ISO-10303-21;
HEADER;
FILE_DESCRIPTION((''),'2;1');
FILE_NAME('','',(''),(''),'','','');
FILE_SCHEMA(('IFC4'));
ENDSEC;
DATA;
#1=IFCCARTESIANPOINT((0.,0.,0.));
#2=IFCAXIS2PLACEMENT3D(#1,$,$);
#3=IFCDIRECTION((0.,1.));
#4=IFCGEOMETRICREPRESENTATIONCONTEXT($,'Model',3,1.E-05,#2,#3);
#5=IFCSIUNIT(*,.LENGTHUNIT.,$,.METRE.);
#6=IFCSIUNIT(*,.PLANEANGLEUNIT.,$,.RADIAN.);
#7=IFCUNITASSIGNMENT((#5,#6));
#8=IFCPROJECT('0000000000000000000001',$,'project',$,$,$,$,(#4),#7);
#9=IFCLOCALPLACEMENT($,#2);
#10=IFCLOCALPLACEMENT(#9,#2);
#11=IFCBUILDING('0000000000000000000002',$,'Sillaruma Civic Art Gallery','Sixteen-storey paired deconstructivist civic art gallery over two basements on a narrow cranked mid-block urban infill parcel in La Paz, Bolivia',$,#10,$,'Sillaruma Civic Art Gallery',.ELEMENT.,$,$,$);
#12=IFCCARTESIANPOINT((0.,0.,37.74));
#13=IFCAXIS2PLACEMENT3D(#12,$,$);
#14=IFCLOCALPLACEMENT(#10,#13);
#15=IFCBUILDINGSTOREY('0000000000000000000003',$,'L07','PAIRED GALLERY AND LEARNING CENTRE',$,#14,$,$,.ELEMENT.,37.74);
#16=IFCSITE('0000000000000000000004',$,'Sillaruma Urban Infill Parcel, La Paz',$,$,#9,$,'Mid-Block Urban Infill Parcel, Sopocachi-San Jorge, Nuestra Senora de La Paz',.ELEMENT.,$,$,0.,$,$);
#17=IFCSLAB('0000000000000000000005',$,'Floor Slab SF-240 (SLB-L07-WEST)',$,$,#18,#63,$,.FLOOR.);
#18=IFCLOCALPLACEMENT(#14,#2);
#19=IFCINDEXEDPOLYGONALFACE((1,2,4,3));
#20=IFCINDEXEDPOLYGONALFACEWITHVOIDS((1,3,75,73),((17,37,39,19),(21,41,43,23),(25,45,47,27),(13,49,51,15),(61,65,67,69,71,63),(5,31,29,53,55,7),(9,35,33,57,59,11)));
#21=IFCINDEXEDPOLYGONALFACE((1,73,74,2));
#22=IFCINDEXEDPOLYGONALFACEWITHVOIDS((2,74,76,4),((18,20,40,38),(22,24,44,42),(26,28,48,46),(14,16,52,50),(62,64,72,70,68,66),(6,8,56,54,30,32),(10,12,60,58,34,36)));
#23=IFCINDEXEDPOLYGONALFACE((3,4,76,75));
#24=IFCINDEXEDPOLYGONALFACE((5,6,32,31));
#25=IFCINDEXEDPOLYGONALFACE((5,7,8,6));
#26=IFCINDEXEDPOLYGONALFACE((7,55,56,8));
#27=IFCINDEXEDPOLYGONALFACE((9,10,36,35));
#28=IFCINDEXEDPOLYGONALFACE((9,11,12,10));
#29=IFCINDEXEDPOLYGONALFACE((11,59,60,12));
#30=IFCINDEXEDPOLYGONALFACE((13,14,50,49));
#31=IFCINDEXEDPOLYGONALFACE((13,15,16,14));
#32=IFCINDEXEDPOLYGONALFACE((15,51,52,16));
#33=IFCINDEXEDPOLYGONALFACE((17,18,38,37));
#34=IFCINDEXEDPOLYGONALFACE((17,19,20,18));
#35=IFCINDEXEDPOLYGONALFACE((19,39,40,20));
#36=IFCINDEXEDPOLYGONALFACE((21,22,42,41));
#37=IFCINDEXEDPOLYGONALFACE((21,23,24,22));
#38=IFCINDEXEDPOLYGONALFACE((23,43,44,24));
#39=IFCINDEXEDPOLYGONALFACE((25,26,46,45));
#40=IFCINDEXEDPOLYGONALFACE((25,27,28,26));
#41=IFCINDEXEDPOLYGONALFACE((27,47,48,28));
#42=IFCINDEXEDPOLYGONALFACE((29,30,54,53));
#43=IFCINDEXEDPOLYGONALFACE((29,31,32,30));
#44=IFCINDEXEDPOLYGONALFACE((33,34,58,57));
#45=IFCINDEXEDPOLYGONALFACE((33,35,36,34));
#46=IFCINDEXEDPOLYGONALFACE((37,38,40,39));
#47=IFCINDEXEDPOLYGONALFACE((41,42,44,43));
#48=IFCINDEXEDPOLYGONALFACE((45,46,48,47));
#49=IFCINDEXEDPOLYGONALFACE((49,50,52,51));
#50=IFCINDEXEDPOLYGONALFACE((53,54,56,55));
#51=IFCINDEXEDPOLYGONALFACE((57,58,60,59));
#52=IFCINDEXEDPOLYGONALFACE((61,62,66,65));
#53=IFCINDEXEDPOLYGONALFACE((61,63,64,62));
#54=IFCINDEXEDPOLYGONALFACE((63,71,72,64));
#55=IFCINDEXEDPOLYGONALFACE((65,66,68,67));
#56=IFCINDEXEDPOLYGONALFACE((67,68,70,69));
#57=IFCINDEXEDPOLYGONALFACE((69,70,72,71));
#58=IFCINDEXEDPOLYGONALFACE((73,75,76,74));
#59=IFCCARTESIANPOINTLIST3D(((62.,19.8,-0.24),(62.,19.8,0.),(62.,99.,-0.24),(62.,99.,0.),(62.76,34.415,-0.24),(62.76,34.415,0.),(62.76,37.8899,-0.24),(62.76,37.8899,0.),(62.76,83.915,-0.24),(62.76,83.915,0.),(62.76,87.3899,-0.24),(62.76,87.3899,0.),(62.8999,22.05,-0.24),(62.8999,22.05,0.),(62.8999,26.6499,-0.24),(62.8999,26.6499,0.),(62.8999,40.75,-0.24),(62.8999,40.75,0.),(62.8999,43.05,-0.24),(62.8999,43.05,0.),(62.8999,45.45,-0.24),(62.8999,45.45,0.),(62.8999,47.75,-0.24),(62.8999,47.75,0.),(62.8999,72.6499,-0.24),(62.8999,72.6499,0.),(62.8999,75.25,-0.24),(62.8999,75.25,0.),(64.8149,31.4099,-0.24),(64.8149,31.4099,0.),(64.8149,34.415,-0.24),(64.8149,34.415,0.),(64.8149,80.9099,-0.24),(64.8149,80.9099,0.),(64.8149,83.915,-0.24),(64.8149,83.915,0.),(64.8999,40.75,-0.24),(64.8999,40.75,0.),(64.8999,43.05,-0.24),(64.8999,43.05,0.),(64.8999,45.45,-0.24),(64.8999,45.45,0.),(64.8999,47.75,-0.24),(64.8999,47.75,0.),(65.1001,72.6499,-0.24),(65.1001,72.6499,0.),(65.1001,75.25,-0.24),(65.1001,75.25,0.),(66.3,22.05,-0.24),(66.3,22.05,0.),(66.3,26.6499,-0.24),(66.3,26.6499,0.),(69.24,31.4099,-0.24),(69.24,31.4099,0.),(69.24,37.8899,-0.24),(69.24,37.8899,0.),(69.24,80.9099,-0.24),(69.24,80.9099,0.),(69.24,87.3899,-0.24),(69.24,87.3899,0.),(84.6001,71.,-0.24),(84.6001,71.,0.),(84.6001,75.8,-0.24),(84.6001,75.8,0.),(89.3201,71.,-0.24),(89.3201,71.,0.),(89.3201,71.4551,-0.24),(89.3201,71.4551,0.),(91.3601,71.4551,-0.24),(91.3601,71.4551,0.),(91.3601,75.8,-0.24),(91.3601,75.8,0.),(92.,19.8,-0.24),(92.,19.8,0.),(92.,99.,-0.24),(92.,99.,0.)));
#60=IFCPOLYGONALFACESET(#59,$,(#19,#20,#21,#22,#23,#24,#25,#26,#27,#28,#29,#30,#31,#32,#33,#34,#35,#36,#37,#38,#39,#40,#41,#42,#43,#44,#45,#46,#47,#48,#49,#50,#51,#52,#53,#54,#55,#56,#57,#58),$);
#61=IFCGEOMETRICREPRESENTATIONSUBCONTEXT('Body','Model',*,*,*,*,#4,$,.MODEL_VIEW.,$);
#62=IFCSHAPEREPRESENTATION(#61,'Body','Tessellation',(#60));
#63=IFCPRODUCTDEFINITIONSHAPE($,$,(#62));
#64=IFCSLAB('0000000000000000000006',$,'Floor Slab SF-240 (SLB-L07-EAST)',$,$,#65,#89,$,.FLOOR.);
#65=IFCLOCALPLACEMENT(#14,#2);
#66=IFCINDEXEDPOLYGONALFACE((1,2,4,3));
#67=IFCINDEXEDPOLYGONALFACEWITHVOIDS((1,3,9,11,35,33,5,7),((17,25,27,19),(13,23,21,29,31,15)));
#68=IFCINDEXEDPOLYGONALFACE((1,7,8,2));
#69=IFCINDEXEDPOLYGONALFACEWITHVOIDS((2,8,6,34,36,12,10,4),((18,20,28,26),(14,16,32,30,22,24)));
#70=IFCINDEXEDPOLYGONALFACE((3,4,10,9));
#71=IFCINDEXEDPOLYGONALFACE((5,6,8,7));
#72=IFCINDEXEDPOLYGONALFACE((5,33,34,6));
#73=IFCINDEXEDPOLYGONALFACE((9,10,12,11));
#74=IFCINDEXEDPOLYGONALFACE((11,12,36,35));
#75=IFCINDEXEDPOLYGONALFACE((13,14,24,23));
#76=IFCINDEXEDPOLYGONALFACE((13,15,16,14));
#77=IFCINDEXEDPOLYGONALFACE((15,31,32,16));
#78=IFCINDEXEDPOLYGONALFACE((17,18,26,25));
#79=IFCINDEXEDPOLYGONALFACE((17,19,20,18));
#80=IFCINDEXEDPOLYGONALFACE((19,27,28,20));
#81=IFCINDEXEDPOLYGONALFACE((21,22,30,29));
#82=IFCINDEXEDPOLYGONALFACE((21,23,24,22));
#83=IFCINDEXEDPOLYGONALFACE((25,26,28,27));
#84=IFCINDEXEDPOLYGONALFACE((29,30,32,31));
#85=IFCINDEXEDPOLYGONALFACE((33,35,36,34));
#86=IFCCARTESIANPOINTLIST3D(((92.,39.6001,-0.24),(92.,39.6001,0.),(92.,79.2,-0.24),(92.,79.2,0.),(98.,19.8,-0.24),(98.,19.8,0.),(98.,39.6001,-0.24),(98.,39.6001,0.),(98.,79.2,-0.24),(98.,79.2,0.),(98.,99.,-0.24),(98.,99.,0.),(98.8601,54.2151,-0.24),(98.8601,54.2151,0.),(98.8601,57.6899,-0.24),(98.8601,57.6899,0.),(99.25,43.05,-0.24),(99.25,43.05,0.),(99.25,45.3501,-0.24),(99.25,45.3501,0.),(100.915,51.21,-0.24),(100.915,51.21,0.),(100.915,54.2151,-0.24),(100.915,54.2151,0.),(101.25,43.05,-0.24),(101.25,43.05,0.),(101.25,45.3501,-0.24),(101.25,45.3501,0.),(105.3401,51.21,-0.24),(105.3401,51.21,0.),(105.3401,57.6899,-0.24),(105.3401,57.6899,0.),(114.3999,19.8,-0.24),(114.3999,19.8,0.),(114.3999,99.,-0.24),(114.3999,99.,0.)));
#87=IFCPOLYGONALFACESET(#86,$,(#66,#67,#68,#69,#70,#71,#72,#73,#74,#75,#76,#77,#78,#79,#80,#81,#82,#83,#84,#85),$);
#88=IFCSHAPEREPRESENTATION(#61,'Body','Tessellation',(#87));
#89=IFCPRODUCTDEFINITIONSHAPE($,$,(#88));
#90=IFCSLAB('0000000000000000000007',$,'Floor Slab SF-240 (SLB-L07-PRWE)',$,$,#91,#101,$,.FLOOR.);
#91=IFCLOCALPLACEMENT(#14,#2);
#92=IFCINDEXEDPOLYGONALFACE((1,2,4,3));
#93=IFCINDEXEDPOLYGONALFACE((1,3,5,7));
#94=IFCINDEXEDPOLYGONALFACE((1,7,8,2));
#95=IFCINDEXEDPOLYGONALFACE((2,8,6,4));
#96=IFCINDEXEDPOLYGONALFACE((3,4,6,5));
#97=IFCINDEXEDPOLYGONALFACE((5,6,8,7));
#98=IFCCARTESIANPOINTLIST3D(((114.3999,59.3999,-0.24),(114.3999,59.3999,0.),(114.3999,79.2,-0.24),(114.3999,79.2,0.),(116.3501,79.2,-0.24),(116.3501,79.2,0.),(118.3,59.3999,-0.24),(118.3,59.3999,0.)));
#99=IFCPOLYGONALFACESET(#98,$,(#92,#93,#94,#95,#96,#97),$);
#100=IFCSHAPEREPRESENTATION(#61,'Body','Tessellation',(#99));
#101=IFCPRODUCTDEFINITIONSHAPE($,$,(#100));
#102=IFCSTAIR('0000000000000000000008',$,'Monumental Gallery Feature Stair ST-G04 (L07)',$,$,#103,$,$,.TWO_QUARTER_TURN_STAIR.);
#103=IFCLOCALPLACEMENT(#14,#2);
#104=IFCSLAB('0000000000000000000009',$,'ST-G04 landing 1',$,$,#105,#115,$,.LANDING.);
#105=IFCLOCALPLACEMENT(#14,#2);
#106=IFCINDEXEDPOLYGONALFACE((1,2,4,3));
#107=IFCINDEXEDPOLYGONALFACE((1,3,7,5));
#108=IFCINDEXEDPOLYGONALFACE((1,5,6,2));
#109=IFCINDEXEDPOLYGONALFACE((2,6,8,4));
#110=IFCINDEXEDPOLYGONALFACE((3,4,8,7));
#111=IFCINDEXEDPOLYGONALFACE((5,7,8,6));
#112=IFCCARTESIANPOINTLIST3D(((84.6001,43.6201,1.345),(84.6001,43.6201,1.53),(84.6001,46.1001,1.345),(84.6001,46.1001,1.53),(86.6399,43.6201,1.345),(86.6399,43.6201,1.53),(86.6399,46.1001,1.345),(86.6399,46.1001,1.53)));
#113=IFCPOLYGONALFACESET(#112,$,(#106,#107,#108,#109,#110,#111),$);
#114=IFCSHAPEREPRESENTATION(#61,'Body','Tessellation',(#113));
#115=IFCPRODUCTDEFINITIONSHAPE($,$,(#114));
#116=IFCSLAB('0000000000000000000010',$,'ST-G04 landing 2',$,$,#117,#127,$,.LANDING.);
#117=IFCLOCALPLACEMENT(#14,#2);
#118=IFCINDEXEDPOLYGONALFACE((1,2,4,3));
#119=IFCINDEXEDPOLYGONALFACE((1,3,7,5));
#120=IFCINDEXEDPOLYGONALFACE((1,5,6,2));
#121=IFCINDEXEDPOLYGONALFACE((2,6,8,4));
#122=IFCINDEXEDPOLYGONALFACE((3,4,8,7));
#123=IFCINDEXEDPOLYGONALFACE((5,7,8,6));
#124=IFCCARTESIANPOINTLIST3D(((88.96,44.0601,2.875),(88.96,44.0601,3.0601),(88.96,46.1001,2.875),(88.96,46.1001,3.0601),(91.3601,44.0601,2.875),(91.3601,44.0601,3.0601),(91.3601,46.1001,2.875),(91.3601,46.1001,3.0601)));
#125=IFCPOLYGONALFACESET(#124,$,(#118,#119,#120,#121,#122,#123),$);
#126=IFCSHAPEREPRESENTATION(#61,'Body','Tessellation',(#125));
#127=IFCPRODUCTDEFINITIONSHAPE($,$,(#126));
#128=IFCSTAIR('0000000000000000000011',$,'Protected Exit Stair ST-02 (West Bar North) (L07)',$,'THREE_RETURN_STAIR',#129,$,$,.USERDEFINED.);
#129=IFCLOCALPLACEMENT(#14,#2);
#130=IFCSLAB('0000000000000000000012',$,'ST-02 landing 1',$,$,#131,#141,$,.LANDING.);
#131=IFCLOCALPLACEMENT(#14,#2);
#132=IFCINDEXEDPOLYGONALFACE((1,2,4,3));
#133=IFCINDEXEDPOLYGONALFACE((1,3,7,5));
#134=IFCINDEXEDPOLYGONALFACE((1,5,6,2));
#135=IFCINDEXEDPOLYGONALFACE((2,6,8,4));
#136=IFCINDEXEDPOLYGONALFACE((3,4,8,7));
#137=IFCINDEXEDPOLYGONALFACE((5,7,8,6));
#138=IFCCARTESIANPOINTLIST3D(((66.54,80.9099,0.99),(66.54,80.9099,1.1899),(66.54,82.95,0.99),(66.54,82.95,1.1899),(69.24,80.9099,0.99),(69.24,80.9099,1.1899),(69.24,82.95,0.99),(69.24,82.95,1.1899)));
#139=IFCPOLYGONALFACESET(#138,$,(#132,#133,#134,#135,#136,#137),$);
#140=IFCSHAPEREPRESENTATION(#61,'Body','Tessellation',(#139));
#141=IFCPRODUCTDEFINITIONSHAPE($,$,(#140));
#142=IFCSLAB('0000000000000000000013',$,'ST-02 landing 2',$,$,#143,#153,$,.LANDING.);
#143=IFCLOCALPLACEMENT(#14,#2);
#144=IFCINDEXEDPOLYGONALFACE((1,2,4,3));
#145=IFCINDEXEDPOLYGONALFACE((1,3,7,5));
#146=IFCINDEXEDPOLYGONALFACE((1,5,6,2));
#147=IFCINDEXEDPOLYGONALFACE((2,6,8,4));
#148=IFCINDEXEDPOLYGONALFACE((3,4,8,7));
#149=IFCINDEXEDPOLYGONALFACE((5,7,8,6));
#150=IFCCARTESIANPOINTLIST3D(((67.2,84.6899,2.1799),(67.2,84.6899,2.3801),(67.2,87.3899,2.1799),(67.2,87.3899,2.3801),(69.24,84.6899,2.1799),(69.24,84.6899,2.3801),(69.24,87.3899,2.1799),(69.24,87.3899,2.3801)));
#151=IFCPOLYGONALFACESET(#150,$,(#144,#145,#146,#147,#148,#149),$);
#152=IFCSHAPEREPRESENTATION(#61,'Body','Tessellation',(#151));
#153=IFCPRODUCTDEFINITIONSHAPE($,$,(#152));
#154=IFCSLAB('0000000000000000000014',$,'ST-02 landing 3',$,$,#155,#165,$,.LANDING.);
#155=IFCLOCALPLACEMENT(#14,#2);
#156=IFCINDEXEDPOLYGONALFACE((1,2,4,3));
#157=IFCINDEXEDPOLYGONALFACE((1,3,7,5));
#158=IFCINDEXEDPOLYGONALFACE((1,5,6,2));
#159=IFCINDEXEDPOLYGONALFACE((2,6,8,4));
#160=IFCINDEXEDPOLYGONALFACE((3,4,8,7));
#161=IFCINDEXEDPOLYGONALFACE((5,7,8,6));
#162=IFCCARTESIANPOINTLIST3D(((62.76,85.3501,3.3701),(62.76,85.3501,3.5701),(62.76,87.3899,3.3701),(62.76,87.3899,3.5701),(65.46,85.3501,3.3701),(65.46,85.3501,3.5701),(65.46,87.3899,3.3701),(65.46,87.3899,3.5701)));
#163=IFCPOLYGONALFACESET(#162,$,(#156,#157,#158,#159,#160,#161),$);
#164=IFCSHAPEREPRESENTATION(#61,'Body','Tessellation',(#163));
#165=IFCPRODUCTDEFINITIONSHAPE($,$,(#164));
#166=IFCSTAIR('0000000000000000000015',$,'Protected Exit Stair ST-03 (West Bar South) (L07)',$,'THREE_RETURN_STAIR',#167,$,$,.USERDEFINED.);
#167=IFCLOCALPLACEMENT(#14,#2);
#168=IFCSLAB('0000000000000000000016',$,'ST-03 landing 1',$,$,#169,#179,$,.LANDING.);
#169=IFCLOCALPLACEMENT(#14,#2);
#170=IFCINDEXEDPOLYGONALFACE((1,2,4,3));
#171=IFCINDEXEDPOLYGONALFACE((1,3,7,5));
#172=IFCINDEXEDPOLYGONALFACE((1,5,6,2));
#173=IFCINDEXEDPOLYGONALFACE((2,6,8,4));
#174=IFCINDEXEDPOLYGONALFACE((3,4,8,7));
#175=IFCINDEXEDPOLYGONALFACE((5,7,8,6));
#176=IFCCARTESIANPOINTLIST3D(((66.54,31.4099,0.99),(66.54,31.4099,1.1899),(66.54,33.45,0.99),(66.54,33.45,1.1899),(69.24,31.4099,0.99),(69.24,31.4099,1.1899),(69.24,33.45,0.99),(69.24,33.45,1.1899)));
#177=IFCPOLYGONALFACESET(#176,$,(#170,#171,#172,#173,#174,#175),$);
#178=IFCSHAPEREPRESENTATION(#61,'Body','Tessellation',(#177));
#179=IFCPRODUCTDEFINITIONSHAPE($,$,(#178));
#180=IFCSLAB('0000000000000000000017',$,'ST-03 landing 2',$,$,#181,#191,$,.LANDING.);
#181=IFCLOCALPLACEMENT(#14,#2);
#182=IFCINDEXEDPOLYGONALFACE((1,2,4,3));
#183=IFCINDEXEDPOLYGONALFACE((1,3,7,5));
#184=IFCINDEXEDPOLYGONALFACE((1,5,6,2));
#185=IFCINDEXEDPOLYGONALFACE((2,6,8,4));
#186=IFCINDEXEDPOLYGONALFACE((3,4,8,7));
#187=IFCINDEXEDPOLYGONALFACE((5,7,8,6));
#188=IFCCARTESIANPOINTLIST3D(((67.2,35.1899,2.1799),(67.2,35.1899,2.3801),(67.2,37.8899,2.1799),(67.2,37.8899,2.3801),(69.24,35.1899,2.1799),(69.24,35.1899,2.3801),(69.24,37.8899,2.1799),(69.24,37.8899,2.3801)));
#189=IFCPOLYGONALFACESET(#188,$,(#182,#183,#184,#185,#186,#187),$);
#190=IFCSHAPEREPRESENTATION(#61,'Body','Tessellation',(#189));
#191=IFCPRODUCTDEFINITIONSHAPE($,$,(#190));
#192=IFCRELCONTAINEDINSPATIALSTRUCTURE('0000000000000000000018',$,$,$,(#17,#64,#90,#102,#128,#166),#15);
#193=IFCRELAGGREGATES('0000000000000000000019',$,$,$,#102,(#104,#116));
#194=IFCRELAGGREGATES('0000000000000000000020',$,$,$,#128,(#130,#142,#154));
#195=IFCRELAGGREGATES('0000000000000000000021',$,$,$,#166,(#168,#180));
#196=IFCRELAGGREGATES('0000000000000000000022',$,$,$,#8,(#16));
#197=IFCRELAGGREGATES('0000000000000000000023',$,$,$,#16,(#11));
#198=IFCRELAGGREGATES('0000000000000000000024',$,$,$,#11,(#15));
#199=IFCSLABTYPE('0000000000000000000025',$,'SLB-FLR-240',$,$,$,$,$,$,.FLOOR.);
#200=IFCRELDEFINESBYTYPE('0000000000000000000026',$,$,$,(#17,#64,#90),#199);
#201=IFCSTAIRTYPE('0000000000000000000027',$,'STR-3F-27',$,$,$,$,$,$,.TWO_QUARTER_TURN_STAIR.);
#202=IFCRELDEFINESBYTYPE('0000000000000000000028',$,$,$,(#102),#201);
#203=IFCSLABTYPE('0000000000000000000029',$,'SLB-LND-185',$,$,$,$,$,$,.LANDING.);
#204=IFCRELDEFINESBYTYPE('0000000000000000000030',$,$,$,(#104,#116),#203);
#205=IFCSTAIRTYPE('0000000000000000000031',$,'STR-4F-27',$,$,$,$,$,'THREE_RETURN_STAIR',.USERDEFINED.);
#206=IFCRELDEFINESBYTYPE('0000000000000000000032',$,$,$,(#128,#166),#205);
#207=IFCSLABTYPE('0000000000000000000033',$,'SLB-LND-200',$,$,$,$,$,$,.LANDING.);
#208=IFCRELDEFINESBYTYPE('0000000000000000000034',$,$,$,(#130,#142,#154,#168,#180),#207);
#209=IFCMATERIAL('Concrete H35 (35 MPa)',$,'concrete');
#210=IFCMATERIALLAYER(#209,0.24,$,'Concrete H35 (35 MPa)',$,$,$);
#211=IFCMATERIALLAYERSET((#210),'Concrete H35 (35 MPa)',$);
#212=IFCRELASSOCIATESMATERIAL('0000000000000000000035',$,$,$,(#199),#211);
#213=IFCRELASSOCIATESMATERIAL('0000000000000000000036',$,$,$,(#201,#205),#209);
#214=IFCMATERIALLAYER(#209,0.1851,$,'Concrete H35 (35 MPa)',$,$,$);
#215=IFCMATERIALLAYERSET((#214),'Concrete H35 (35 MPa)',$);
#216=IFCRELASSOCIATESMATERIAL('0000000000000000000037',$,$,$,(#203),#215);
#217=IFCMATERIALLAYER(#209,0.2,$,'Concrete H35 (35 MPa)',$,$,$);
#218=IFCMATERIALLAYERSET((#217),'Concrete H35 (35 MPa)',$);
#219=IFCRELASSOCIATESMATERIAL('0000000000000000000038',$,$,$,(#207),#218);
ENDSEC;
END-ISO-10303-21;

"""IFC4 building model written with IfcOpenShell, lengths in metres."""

from ifc_helpers import new_model, si_unit, direction, frame, origin, place, context, subcontext, project, spatial, polyline, outline, extrude, material, layer, layer_set, type_object, element, aggregate, save


model = new_model("IFC4")

# Units and contexts
model_context = context("Model", 3, precision=1e-05, world=origin(), true_north=direction((0.0, 1.0)))
body_context = subcontext(model_context, "Body", "Model", "MODEL_VIEW")
ifc_project = project(units=[si_unit("LENGTHUNIT", "METRE"), si_unit("PLANEANGLEUNIT", "RADIAN")], contexts=[model_context])

# Site, building, storey
site_placement = place(None, origin())
site = spatial("IfcSite", under=ifc_project, at=site_placement, Name="Sillaruma Urban Infill Parcel, La Paz", LongName="Mid-Block Urban Infill Parcel, Sopocachi-San Jorge, Nuestra Senora de La Paz", CompositionType="ELEMENT", RefElevation=0.0)
building_placement = place(site_placement, origin())
building = spatial("IfcBuilding", under=site, at=building_placement, Name="Sillaruma Civic Art Gallery", Description="Sixteen-storey paired deconstructivist civic art gallery over two basements on a narrow cranked mid-block urban infill parcel in La Paz, Bolivia", LongName="Sillaruma Civic Art Gallery", CompositionType="ELEMENT")
storey_placement = place(building_placement, frame((0.0, 0.0, 37.74)))
storey = spatial("IfcBuildingStorey", under=building, at=storey_placement, Name="L07", Description="PAIRED GALLERY AND LEARNING CENTRE", CompositionType="ELEMENT", Elevation=37.74)

# Shared definitions
ifc_material_1 = material(Name="Concrete H35 (35 MPa)", Category="concrete")

# Slabs
ifc_layer_1 = layer(ifc_material_1, 0.24, Name="Concrete H35 (35 MPa)")
ifc_layer_set_1 = layer_set([ifc_layer_1], Name="Concrete H35 (35 MPa)")
slab_type_1 = type_object("IfcSlabType", Name="SLB-FLR-240", PredefinedType="FLOOR", material=ifc_layer_set_1)
slab_1_placement = place(storey_placement, frame((0.0, 0.0, -0.24)))
element("IfcSlab", 1, at=slab_1_placement, inside=storey, type_object=slab_type_1, Name="Floor Slab SF-240 (SLB-L07-WEST)", PredefinedType="FLOOR", context=body_context, shape_type="SweptSolid", body=[
    extrude(outline(polyline([(62.0, 19.8), (92.0, 19.8), (92.0, 99.0), (62.0, 99.0), (62.0, 19.8)]), holes=[polyline([(64.8149, 80.9099), (69.24, 80.9099), (69.24, 87.3899), (62.76, 87.3899), (62.76, 83.915), (64.8149, 83.915), (64.8149, 80.9099)]), polyline([(64.8149, 31.4099), (69.24, 31.4099), (69.24, 37.8899), (62.76, 37.8899), (62.76, 34.415), (64.8149, 34.415), (64.8149, 31.4099)]), polyline([(84.6001, 71.0), (89.3201, 71.0), (89.3201, 71.4551), (91.3601, 71.4551), (91.3601, 75.8), (84.6001, 75.8), (84.6001, 71.0)]), polyline([(62.8999, 40.75), (64.8999, 40.75), (64.8999, 43.05), (62.8999, 43.05), (62.8999, 40.75)]), polyline([(62.8999, 45.45), (64.8999, 45.45), (64.8999, 47.75), (62.8999, 47.75), (62.8999, 45.45)]), polyline([(62.8999, 72.6499), (65.1001, 72.6499), (65.1001, 75.25), (62.8999, 75.25), (62.8999, 72.6499)]), polyline([(62.8999, 22.05), (66.3, 22.05), (66.3, 26.6499), (62.8999, 26.6499), (62.8999, 22.05)])]), origin(), (0.0, 0.0, 1.0), 0.24),
])
slab_2_placement = place(storey_placement, frame((0.0, 0.0, -0.24)))
element("IfcSlab", 2, at=slab_2_placement, inside=storey, type_object=slab_type_1, Name="Floor Slab SF-240 (SLB-L07-EAST)", PredefinedType="FLOOR", context=body_context, shape_type="SweptSolid", body=[
    extrude(outline(polyline([(92.0, 39.6001), (98.0, 39.6001), (98.0, 19.8), (114.3999, 19.8), (114.3999, 99.0), (98.0, 99.0), (98.0, 79.2), (92.0, 79.2), (92.0, 39.6001)]), holes=[polyline([(100.915, 51.21), (105.3401, 51.21), (105.3401, 57.6899), (98.8601, 57.6899), (98.8601, 54.2151), (100.915, 54.2151), (100.915, 51.21)]), polyline([(99.25, 43.05), (101.25, 43.05), (101.25, 45.3501), (99.25, 45.3501), (99.25, 43.05)])]), origin(), (0.0, 0.0, 1.0), 0.24),
])
slab_3_placement = place(storey_placement, frame((0.0, 0.0, -0.24)))
element("IfcSlab", 3, at=slab_3_placement, inside=storey, type_object=slab_type_1, Name="Floor Slab SF-240 (SLB-L07-PRWE)", PredefinedType="FLOOR", context=body_context, shape_type="SweptSolid", body=[
    extrude(outline(polyline([(114.3999, 59.3999), (118.3, 59.3999), (116.3501, 79.2), (114.3999, 79.2), (114.3999, 59.3999)])), origin(), (0.0, 0.0, 1.0), 0.24),
])

# Stairs, slabs
stair_type_1 = type_object("IfcStairType", Name="STR-3F-27", PredefinedType="TWO_QUARTER_TURN_STAIR", material=ifc_material_1)
stair_1_placement = place(storey_placement, origin())
stair_1 = element("IfcStair", 4, at=stair_1_placement, inside=storey, type_object=stair_type_1, Name="Monumental Gallery Feature Stair ST-G04 (L07)", PredefinedType="TWO_QUARTER_TURN_STAIR")
ifc_layer_2 = layer(ifc_material_1, 0.1851, Name="Concrete H35 (35 MPa)")
ifc_layer_set_2 = layer_set([ifc_layer_2], Name="Concrete H35 (35 MPa)")
slab_type_2 = type_object("IfcSlabType", Name="SLB-LND-185", PredefinedType="LANDING", material=ifc_layer_set_2)
slab_4_placement = place(storey_placement, frame((0.0, 0.0, 1.345)))
slab_4 = element("IfcSlab", 5, at=slab_4_placement, type_object=slab_type_2, Name="ST-G04 landing 1", PredefinedType="LANDING", context=body_context, shape_type="SweptSolid", body=[
    extrude(outline(polyline([(84.6001, 43.6201), (86.6399, 43.6201), (86.6399, 46.1001), (84.6001, 46.1001), (84.6001, 43.6201)])), origin(), (0.0, 0.0, 1.0), 0.1851),
])
slab_5_placement = place(storey_placement, frame((0.0, 0.0, 2.875)))
slab_5 = element("IfcSlab", 6, at=slab_5_placement, type_object=slab_type_2, Name="ST-G04 landing 2", PredefinedType="LANDING", context=body_context, shape_type="SweptSolid", body=[
    extrude(outline(polyline([(88.96, 44.0601), (91.3601, 44.0601), (91.3601, 46.1001), (88.96, 46.1001), (88.96, 44.0601)])), origin(), (0.0, 0.0, 1.0), 0.1851),
])
aggregate(stair_1, [slab_4, slab_5])
stair_type_2 = type_object("IfcStairType", Name="STR-4F-27", ElementType="THREE_RETURN_STAIR", PredefinedType="USERDEFINED", material=ifc_material_1)
stair_2_placement = place(storey_placement, origin())
stair_2 = element("IfcStair", 7, at=stair_2_placement, inside=storey, type_object=stair_type_2, Name="Protected Exit Stair ST-02 (West Bar North) (L07)", ObjectType="THREE_RETURN_STAIR", PredefinedType="USERDEFINED")
ifc_layer_3 = layer(ifc_material_1, 0.2, Name="Concrete H35 (35 MPa)")
ifc_layer_set_3 = layer_set([ifc_layer_3], Name="Concrete H35 (35 MPa)")
slab_type_3 = type_object("IfcSlabType", Name="SLB-LND-200", PredefinedType="LANDING", material=ifc_layer_set_3)
slab_6_placement = place(storey_placement, frame((0.0, 0.0, 0.99)))
slab_6 = element("IfcSlab", 8, at=slab_6_placement, type_object=slab_type_3, Name="ST-02 landing 1", PredefinedType="LANDING", context=body_context, shape_type="SweptSolid", body=[
    extrude(outline(polyline([(66.54, 80.9099), (69.24, 80.9099), (69.24, 82.95), (66.54, 82.95), (66.54, 80.9099)])), origin(), (0.0, 0.0, 1.0), 0.2),
])
slab_7_placement = place(storey_placement, frame((0.0, 0.0, 2.1799)))
slab_7 = element("IfcSlab", 9, at=slab_7_placement, type_object=slab_type_3, Name="ST-02 landing 2", PredefinedType="LANDING", context=body_context, shape_type="SweptSolid", body=[
    extrude(outline(polyline([(67.2, 84.6899), (69.24, 84.6899), (69.24, 87.3899), (67.2, 87.3899), (67.2, 84.6899)])), origin(), (0.0, 0.0, 1.0), 0.2002),
])
slab_8_placement = place(storey_placement, frame((0.0, 0.0, 3.3701)))
slab_8 = element("IfcSlab", 10, at=slab_8_placement, type_object=slab_type_3, Name="ST-02 landing 3", PredefinedType="LANDING", context=body_context, shape_type="SweptSolid", body=[
    extrude(outline(polyline([(62.76, 85.3501), (65.46, 85.3501), (65.46, 87.3899), (62.76, 87.3899), (62.76, 85.3501)])), origin(), (0.0, 0.0, 1.0), 0.2),
])
aggregate(stair_2, [slab_6, slab_7, slab_8])
stair_3_placement = place(storey_placement, origin())
stair_3 = element("IfcStair", 11, at=stair_3_placement, inside=storey, type_object=stair_type_2, Name="Protected Exit Stair ST-03 (West Bar South) (L07)", ObjectType="THREE_RETURN_STAIR", PredefinedType="USERDEFINED")
slab_9_placement = place(storey_placement, frame((0.0, 0.0, 0.99)))
slab_9 = element("IfcSlab", 12, at=slab_9_placement, type_object=slab_type_3, Name="ST-03 landing 1", PredefinedType="LANDING", context=body_context, shape_type="SweptSolid", body=[
    extrude(outline(polyline([(66.54, 31.4099), (69.24, 31.4099), (69.24, 33.45), (66.54, 33.45), (66.54, 31.4099)])), origin(), (0.0, 0.0, 1.0), 0.2),
])
slab_10_placement = place(storey_placement, frame((0.0, 0.0, 2.1799)))
slab_10 = element("IfcSlab", 13, at=slab_10_placement, type_object=slab_type_3, Name="ST-03 landing 2", PredefinedType="LANDING", context=body_context, shape_type="SweptSolid", body=[
    extrude(outline(polyline([(67.2, 35.1899), (69.24, 35.1899), (69.24, 37.8899), (67.2, 37.8899), (67.2, 35.1899)])), origin(), (0.0, 0.0, 1.0), 0.2002),
])
aggregate(stair_3, [slab_9, slab_10])

save(model, "model.ifc")
